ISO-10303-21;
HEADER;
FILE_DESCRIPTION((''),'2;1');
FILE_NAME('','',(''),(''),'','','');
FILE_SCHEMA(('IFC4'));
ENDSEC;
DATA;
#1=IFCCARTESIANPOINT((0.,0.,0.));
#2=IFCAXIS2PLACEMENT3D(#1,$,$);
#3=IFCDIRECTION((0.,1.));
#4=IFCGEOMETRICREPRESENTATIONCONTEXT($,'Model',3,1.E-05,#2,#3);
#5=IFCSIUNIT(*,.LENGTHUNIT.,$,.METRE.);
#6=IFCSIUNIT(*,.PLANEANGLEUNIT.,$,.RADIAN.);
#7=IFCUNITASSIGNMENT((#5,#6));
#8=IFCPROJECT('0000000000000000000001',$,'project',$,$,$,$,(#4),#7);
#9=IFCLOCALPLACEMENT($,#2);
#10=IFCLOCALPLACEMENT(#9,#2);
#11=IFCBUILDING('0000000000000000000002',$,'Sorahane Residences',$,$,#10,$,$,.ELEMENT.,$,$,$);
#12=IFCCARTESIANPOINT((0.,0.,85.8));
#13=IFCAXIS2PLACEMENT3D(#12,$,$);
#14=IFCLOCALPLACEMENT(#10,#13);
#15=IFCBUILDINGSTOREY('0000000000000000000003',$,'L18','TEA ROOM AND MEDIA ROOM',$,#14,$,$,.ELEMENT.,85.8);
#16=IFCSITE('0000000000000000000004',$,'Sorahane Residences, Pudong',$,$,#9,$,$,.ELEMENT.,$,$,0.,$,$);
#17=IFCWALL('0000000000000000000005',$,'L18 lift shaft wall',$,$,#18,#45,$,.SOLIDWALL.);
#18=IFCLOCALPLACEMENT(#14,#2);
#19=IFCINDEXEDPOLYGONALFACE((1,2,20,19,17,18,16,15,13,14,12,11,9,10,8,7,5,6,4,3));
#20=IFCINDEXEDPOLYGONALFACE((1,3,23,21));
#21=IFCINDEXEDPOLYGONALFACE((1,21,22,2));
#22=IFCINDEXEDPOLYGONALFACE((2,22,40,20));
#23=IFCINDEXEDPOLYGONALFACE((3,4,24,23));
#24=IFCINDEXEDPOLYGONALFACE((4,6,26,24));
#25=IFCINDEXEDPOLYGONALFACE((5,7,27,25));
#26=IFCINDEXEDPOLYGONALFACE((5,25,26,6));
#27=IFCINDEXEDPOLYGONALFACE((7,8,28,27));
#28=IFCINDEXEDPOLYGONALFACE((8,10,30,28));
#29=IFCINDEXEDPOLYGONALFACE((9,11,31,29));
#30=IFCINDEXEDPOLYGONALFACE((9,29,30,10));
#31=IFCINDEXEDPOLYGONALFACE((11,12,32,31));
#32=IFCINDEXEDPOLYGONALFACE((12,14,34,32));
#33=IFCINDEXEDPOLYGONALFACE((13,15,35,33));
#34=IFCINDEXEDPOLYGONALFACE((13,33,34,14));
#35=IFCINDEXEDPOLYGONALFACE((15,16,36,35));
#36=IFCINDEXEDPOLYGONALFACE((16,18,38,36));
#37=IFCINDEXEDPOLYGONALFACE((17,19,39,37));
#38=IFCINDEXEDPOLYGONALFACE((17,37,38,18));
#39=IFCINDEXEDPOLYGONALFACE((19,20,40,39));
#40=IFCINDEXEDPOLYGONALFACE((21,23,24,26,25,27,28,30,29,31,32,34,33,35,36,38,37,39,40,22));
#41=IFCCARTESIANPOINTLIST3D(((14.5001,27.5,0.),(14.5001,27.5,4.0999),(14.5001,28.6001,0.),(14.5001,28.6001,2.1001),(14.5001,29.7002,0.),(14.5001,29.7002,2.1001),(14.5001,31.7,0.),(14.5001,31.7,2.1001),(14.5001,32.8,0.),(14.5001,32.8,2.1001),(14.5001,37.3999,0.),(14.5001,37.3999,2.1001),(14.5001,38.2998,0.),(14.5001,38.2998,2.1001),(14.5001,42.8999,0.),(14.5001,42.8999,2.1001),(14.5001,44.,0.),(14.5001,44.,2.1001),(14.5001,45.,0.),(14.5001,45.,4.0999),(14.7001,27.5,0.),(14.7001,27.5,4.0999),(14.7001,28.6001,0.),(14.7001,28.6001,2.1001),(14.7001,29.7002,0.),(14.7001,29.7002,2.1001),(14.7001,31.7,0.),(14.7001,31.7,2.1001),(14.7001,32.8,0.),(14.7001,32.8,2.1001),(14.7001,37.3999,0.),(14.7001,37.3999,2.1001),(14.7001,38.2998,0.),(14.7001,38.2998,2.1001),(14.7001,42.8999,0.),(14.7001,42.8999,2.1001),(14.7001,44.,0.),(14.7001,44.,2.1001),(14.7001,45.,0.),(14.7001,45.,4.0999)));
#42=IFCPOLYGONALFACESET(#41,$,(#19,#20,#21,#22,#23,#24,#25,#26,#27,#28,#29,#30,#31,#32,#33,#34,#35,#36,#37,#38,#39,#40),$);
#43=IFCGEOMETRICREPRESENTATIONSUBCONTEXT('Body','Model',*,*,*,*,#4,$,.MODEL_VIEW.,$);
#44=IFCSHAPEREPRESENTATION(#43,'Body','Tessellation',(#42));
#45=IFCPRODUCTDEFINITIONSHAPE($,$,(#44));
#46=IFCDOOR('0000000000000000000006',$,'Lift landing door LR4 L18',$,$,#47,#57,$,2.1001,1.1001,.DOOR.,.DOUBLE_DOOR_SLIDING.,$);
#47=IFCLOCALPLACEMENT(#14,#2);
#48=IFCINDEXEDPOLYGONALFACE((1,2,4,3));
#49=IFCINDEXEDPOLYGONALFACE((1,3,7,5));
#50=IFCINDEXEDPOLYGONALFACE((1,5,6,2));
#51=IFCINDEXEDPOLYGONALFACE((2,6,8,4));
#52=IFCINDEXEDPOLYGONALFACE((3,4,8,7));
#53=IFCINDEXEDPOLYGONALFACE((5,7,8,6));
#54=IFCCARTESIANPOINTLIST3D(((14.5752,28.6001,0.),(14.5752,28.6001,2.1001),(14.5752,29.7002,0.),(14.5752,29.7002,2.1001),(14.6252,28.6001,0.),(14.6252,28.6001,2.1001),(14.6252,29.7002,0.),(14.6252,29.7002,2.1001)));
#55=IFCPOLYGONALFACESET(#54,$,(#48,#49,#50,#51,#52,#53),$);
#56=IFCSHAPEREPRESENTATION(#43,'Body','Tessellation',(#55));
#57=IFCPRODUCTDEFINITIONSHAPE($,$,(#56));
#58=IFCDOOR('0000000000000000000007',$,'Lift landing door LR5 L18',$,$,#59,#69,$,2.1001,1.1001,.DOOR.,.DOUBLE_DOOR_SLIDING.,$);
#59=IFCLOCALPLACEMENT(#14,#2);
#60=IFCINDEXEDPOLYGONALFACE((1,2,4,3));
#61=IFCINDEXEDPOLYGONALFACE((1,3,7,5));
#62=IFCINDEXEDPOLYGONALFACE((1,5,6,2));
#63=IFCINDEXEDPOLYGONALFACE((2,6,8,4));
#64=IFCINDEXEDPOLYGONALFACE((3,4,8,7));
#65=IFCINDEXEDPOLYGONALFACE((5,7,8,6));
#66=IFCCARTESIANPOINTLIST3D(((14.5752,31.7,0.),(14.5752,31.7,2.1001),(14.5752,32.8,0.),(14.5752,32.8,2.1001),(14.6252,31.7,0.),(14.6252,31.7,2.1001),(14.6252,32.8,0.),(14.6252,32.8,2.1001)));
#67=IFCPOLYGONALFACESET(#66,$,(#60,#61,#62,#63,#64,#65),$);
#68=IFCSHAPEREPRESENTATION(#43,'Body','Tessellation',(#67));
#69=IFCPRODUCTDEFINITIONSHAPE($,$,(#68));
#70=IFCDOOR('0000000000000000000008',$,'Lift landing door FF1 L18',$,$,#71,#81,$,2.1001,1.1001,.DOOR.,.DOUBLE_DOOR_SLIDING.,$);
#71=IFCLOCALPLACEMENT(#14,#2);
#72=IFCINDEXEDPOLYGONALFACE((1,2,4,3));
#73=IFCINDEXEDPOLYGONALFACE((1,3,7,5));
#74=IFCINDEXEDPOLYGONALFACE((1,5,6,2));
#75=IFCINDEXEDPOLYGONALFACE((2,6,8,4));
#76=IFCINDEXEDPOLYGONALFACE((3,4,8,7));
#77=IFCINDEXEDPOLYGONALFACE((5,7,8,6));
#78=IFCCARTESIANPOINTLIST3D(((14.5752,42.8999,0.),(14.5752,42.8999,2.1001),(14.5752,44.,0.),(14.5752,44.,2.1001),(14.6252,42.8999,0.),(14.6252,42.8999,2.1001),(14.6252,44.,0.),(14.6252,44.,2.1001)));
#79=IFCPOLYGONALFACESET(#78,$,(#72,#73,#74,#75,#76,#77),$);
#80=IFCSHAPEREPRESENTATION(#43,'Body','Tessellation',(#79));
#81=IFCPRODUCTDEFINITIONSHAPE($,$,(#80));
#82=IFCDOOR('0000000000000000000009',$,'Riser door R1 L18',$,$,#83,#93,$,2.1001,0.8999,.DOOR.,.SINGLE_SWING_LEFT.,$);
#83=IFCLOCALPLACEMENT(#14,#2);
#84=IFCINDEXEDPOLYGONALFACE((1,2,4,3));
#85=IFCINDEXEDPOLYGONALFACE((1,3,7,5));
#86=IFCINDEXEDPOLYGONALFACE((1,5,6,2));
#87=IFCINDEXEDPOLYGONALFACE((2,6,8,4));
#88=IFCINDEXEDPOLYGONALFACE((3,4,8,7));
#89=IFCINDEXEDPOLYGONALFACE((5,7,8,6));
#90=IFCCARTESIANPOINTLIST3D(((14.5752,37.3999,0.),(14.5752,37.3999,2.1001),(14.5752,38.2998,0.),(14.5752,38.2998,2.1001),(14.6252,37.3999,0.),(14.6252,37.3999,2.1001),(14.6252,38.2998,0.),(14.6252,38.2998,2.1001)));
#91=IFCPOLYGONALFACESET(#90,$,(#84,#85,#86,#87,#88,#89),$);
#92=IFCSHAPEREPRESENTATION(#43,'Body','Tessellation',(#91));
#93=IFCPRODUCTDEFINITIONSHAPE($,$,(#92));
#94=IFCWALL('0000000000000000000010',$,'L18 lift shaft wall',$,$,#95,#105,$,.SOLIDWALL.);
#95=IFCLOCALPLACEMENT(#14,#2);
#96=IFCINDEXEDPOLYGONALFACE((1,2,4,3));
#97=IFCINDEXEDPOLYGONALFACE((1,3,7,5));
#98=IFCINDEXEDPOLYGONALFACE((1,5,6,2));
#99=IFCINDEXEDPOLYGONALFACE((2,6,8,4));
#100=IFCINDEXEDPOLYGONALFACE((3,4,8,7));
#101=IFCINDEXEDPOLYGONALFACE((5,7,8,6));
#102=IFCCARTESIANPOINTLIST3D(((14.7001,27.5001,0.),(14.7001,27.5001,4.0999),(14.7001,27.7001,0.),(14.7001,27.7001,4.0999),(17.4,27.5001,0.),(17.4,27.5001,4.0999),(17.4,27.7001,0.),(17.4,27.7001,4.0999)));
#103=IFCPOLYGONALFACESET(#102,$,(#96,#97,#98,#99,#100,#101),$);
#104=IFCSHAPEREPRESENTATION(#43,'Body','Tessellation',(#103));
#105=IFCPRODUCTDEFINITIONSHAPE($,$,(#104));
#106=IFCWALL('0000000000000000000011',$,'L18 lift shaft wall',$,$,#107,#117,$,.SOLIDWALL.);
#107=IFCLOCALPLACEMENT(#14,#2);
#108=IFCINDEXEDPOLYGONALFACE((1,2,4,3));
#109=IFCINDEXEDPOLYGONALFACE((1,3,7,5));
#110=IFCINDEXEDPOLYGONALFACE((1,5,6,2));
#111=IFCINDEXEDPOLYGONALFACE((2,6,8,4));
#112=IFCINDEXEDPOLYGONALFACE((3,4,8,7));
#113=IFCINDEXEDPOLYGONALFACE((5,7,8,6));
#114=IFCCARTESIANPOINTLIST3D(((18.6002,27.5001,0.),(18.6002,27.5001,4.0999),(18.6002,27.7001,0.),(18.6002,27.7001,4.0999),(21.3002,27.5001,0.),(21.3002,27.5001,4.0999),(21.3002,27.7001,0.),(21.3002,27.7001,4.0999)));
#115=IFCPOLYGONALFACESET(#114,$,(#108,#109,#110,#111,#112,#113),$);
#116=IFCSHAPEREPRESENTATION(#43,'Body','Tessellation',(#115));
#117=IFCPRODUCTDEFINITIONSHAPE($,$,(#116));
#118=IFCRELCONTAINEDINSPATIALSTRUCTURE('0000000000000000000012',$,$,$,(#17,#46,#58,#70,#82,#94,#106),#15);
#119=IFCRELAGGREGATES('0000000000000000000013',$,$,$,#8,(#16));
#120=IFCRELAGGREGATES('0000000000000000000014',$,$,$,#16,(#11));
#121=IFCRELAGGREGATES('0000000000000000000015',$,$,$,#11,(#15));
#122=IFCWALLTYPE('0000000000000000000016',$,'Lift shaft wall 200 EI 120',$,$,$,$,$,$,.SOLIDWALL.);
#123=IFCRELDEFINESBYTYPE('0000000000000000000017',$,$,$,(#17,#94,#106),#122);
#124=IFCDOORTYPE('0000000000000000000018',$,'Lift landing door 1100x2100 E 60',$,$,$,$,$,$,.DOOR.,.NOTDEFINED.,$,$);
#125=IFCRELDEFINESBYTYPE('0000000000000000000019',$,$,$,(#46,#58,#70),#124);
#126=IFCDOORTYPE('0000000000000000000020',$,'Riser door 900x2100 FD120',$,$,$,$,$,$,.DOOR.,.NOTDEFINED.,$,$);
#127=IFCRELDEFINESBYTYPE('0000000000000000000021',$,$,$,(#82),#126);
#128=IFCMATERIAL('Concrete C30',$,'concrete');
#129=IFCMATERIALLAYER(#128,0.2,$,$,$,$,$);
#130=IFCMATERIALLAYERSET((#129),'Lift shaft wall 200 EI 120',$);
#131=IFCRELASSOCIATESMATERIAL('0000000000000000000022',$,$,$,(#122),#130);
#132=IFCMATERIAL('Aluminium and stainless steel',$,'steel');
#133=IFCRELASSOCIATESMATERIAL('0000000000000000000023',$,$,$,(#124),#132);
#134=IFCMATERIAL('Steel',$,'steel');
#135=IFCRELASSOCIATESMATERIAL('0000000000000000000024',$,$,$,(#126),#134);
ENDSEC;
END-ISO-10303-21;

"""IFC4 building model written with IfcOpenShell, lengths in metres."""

from ifc_helpers import new_model, si_unit, direction, frame, frame_2d, origin, place, context, subcontext, project, spatial, rectangle, extrude, material, layer, layer_set, type_object, element, fill, save


model = new_model("IFC4")

# Units and contexts
model_context = context("Model", 3, precision=1e-05, world=origin(), true_north=direction((0.0, 1.0)))
body_context = subcontext(model_context, "Body", "Model", "MODEL_VIEW")
ifc_project = project(units=[si_unit("LENGTHUNIT", "METRE"), si_unit("PLANEANGLEUNIT", "RADIAN")], contexts=[model_context])

# Site, building, storey
site_placement = place(None, origin())
site = spatial("IfcSite", under=ifc_project, at=site_placement, Name="Sorahane Residences, Pudong", CompositionType="ELEMENT", RefElevation=0.0)
building_placement = place(site_placement, origin())
building = spatial("IfcBuilding", under=site, at=building_placement, Name="Sorahane Residences", CompositionType="ELEMENT")
storey_placement = place(building_placement, frame((0.0, 0.0, 85.8)))
storey = spatial("IfcBuildingStorey", under=building, at=storey_placement, Name="L18", Description="TEA ROOM AND MEDIA ROOM", CompositionType="ELEMENT", Elevation=85.8)

# Wall, openings, doors
ifc_material_1 = material(Name="Concrete C30", Category="concrete")
ifc_layer_1 = layer(ifc_material_1, 0.2)
ifc_layer_set_1 = layer_set([ifc_layer_1], Name="Lift shaft wall 200 EI 120")
wall_type_1 = type_object("IfcWallType", Name="Lift shaft wall 200 EI 120", PredefinedType="SOLIDWALL", material=ifc_layer_set_1)
wall_1_placement = place(storey_placement, frame((14.6001, 27.5, 0.0), z_axis=(0.0, 0.0, 1.0), x_axis=(0.0, 1.0, 0.0)))
wall_1 = element("IfcWall", 1, at=wall_1_placement, inside=storey, type_object=wall_type_1, Name="L18 lift shaft wall", PredefinedType="SOLIDWALL", context=body_context, shape_type="SweptSolid", body=[
    extrude(rectangle(XDim=17.5, YDim=0.2, at=frame_2d((8.75, 0.0))), origin(), (0.0, 0.0, 1.0), 4.0999),
])
opening_1_placement = place(wall_1_placement, frame((1.1001, 0.0, 0.0)))
opening_1 = element("IfcOpeningElement", 2, at=opening_1_placement, cuts=wall_1, PredefinedType="OPENING", context=body_context, shape_type="SweptSolid", body=[
    extrude(rectangle(XDim=1.1001, YDim=2.1001, at=frame_2d((0.55, 1.05))), frame((0.0, 0.1099, 0.0), z_axis=(0.0, -1.0, 0.0), x_axis=(1.0, 0.0, 0.0)), (0.0, 0.0, 1.0), 0.22),
])
opening_2_placement = place(wall_1_placement, frame((4.2, 0.0, 0.0)))
opening_2 = element("IfcOpeningElement", 3, at=opening_2_placement, cuts=wall_1, PredefinedType="OPENING", context=body_context, shape_type="SweptSolid", body=[
    extrude(rectangle(XDim=1.1001, YDim=2.1001, at=frame_2d((0.55, 1.05))), frame((0.0, 0.1099, 0.0), z_axis=(0.0, -1.0, 0.0), x_axis=(1.0, 0.0, 0.0)), (0.0, 0.0, 1.0), 0.22),
])
opening_3_placement = place(wall_1_placement, frame((15.3999, 0.0, 0.0)))
opening_3 = element("IfcOpeningElement", 4, at=opening_3_placement, cuts=wall_1, PredefinedType="OPENING", context=body_context, shape_type="SweptSolid", body=[
    extrude(rectangle(XDim=1.1001, YDim=2.1001, at=frame_2d((0.55, 1.05))), frame((0.0, 0.1099, 0.0), z_axis=(0.0, -1.0, 0.0), x_axis=(1.0, 0.0, 0.0)), (0.0, 0.0, 1.0), 0.22),
])
opening_4_placement = place(wall_1_placement, frame((9.8999, 0.0, 0.0)))
opening_4 = element("IfcOpeningElement", 5, at=opening_4_placement, cuts=wall_1, PredefinedType="OPENING", context=body_context, shape_type="SweptSolid", body=[
    extrude(rectangle(XDim=0.8999, YDim=2.1001, at=frame_2d((0.45, 1.05))), frame((0.0, 0.1099, 0.0), z_axis=(0.0, -1.0, 0.0), x_axis=(1.0, 0.0, 0.0)), (0.0, 0.0, 1.0), 0.22),
])
ifc_material_2 = material(Name="Aluminium and stainless steel", Category="steel")
door_type_1 = type_object("IfcDoorType", Name="Lift landing door 1100x2100 E 60", OperationType="NOTDEFINED", PredefinedType="DOOR", material=ifc_material_2)
door_1_placement = place(opening_1_placement, origin())
door_1 = element("IfcDoor", 6, at=door_1_placement, inside=storey, type_object=door_type_1, Name="Lift landing door LR4 L18", OperationType="DOUBLE_DOOR_SLIDING", OverallHeight=2.1001, OverallWidth=1.1001, PredefinedType="DOOR", context=body_context, shape_type="SweptSolid", body=[
    extrude(rectangle(XDim=1.1001, YDim=2.1001, at=frame_2d((0.55, 1.05))), frame((0.0, 0.0249, 0.0), z_axis=(0.0, -1.0, 0.0), x_axis=(1.0, 0.0, 0.0)), (0.0, 0.0, 1.0), 0.05),
])
fill(opening_1, door_1)
door_2_placement = place(opening_2_placement, origin())
door_2 = element("IfcDoor", 7, at=door_2_placement, inside=storey, type_object=door_type_1, Name="Lift landing door LR5 L18", OperationType="DOUBLE_DOOR_SLIDING", OverallHeight=2.1001, OverallWidth=1.1001, PredefinedType="DOOR", context=body_context, shape_type="SweptSolid", body=[
    extrude(rectangle(XDim=1.1001, YDim=2.1001, at=frame_2d((0.55, 1.05))), frame((0.0, 0.0249, 0.0), z_axis=(0.0, -1.0, 0.0), x_axis=(1.0, 0.0, 0.0)), (0.0, 0.0, 1.0), 0.05),
])
fill(opening_2, door_2)
door_3_placement = place(opening_3_placement, origin())
door_3 = element("IfcDoor", 8, at=door_3_placement, inside=storey, type_object=door_type_1, Name="Lift landing door FF1 L18", OperationType="DOUBLE_DOOR_SLIDING", OverallHeight=2.1001, OverallWidth=1.1001, PredefinedType="DOOR", context=body_context, shape_type="SweptSolid", body=[
    extrude(rectangle(XDim=1.1001, YDim=2.1001, at=frame_2d((0.55, 1.05))), frame((0.0, 0.0249, 0.0), z_axis=(0.0, -1.0, 0.0), x_axis=(1.0, 0.0, 0.0)), (0.0, 0.0, 1.0), 0.05),
])
fill(opening_3, door_3)
ifc_material_3 = material(Name="Steel", Category="steel")
door_type_2 = type_object("IfcDoorType", Name="Riser door 900x2100 FD120", OperationType="NOTDEFINED", PredefinedType="DOOR", material=ifc_material_3)
door_4_placement = place(opening_4_placement, origin())
door_4 = element("IfcDoor", 9, at=door_4_placement, inside=storey, type_object=door_type_2, Name="Riser door R1 L18", OperationType="SINGLE_SWING_LEFT", OverallHeight=2.1001, OverallWidth=0.8999, PredefinedType="DOOR", context=body_context, shape_type="SweptSolid", body=[
    extrude(rectangle(XDim=0.8999, YDim=2.1001, at=frame_2d((0.45, 1.05))), frame((0.0, 0.0249, 0.0), z_axis=(0.0, -1.0, 0.0), x_axis=(1.0, 0.0, 0.0)), (0.0, 0.0, 1.0), 0.05),
])
fill(opening_4, door_4)

# Walls
for number, where, z_axis, x_axis, name in (
    (10, (14.7, 27.6001, 0.0), (0.0, 0.0, 1.0), (1.0, 0.0, 0.0), "L18 lift shaft wall"),
    (11, (18.6001, 27.6001, 0.0), (0.0, 0.0, 1.0), (1.0, 0.0, 0.0), "L18 lift shaft wall"),
):
    element("IfcWall", number, at=place(storey_placement, frame(where, z_axis=z_axis, x_axis=x_axis)), inside=storey, type_object=wall_type_1, Name=name, PredefinedType="SOLIDWALL", context=body_context, shape_type="SweptSolid", body=[
        extrude(rectangle(XDim=2.7, YDim=0.2, at=frame_2d((1.3501, 0.0))), origin(), (0.0, 0.0, 1.0), 4.0999),
    ])

save(model, "model.ifc")
